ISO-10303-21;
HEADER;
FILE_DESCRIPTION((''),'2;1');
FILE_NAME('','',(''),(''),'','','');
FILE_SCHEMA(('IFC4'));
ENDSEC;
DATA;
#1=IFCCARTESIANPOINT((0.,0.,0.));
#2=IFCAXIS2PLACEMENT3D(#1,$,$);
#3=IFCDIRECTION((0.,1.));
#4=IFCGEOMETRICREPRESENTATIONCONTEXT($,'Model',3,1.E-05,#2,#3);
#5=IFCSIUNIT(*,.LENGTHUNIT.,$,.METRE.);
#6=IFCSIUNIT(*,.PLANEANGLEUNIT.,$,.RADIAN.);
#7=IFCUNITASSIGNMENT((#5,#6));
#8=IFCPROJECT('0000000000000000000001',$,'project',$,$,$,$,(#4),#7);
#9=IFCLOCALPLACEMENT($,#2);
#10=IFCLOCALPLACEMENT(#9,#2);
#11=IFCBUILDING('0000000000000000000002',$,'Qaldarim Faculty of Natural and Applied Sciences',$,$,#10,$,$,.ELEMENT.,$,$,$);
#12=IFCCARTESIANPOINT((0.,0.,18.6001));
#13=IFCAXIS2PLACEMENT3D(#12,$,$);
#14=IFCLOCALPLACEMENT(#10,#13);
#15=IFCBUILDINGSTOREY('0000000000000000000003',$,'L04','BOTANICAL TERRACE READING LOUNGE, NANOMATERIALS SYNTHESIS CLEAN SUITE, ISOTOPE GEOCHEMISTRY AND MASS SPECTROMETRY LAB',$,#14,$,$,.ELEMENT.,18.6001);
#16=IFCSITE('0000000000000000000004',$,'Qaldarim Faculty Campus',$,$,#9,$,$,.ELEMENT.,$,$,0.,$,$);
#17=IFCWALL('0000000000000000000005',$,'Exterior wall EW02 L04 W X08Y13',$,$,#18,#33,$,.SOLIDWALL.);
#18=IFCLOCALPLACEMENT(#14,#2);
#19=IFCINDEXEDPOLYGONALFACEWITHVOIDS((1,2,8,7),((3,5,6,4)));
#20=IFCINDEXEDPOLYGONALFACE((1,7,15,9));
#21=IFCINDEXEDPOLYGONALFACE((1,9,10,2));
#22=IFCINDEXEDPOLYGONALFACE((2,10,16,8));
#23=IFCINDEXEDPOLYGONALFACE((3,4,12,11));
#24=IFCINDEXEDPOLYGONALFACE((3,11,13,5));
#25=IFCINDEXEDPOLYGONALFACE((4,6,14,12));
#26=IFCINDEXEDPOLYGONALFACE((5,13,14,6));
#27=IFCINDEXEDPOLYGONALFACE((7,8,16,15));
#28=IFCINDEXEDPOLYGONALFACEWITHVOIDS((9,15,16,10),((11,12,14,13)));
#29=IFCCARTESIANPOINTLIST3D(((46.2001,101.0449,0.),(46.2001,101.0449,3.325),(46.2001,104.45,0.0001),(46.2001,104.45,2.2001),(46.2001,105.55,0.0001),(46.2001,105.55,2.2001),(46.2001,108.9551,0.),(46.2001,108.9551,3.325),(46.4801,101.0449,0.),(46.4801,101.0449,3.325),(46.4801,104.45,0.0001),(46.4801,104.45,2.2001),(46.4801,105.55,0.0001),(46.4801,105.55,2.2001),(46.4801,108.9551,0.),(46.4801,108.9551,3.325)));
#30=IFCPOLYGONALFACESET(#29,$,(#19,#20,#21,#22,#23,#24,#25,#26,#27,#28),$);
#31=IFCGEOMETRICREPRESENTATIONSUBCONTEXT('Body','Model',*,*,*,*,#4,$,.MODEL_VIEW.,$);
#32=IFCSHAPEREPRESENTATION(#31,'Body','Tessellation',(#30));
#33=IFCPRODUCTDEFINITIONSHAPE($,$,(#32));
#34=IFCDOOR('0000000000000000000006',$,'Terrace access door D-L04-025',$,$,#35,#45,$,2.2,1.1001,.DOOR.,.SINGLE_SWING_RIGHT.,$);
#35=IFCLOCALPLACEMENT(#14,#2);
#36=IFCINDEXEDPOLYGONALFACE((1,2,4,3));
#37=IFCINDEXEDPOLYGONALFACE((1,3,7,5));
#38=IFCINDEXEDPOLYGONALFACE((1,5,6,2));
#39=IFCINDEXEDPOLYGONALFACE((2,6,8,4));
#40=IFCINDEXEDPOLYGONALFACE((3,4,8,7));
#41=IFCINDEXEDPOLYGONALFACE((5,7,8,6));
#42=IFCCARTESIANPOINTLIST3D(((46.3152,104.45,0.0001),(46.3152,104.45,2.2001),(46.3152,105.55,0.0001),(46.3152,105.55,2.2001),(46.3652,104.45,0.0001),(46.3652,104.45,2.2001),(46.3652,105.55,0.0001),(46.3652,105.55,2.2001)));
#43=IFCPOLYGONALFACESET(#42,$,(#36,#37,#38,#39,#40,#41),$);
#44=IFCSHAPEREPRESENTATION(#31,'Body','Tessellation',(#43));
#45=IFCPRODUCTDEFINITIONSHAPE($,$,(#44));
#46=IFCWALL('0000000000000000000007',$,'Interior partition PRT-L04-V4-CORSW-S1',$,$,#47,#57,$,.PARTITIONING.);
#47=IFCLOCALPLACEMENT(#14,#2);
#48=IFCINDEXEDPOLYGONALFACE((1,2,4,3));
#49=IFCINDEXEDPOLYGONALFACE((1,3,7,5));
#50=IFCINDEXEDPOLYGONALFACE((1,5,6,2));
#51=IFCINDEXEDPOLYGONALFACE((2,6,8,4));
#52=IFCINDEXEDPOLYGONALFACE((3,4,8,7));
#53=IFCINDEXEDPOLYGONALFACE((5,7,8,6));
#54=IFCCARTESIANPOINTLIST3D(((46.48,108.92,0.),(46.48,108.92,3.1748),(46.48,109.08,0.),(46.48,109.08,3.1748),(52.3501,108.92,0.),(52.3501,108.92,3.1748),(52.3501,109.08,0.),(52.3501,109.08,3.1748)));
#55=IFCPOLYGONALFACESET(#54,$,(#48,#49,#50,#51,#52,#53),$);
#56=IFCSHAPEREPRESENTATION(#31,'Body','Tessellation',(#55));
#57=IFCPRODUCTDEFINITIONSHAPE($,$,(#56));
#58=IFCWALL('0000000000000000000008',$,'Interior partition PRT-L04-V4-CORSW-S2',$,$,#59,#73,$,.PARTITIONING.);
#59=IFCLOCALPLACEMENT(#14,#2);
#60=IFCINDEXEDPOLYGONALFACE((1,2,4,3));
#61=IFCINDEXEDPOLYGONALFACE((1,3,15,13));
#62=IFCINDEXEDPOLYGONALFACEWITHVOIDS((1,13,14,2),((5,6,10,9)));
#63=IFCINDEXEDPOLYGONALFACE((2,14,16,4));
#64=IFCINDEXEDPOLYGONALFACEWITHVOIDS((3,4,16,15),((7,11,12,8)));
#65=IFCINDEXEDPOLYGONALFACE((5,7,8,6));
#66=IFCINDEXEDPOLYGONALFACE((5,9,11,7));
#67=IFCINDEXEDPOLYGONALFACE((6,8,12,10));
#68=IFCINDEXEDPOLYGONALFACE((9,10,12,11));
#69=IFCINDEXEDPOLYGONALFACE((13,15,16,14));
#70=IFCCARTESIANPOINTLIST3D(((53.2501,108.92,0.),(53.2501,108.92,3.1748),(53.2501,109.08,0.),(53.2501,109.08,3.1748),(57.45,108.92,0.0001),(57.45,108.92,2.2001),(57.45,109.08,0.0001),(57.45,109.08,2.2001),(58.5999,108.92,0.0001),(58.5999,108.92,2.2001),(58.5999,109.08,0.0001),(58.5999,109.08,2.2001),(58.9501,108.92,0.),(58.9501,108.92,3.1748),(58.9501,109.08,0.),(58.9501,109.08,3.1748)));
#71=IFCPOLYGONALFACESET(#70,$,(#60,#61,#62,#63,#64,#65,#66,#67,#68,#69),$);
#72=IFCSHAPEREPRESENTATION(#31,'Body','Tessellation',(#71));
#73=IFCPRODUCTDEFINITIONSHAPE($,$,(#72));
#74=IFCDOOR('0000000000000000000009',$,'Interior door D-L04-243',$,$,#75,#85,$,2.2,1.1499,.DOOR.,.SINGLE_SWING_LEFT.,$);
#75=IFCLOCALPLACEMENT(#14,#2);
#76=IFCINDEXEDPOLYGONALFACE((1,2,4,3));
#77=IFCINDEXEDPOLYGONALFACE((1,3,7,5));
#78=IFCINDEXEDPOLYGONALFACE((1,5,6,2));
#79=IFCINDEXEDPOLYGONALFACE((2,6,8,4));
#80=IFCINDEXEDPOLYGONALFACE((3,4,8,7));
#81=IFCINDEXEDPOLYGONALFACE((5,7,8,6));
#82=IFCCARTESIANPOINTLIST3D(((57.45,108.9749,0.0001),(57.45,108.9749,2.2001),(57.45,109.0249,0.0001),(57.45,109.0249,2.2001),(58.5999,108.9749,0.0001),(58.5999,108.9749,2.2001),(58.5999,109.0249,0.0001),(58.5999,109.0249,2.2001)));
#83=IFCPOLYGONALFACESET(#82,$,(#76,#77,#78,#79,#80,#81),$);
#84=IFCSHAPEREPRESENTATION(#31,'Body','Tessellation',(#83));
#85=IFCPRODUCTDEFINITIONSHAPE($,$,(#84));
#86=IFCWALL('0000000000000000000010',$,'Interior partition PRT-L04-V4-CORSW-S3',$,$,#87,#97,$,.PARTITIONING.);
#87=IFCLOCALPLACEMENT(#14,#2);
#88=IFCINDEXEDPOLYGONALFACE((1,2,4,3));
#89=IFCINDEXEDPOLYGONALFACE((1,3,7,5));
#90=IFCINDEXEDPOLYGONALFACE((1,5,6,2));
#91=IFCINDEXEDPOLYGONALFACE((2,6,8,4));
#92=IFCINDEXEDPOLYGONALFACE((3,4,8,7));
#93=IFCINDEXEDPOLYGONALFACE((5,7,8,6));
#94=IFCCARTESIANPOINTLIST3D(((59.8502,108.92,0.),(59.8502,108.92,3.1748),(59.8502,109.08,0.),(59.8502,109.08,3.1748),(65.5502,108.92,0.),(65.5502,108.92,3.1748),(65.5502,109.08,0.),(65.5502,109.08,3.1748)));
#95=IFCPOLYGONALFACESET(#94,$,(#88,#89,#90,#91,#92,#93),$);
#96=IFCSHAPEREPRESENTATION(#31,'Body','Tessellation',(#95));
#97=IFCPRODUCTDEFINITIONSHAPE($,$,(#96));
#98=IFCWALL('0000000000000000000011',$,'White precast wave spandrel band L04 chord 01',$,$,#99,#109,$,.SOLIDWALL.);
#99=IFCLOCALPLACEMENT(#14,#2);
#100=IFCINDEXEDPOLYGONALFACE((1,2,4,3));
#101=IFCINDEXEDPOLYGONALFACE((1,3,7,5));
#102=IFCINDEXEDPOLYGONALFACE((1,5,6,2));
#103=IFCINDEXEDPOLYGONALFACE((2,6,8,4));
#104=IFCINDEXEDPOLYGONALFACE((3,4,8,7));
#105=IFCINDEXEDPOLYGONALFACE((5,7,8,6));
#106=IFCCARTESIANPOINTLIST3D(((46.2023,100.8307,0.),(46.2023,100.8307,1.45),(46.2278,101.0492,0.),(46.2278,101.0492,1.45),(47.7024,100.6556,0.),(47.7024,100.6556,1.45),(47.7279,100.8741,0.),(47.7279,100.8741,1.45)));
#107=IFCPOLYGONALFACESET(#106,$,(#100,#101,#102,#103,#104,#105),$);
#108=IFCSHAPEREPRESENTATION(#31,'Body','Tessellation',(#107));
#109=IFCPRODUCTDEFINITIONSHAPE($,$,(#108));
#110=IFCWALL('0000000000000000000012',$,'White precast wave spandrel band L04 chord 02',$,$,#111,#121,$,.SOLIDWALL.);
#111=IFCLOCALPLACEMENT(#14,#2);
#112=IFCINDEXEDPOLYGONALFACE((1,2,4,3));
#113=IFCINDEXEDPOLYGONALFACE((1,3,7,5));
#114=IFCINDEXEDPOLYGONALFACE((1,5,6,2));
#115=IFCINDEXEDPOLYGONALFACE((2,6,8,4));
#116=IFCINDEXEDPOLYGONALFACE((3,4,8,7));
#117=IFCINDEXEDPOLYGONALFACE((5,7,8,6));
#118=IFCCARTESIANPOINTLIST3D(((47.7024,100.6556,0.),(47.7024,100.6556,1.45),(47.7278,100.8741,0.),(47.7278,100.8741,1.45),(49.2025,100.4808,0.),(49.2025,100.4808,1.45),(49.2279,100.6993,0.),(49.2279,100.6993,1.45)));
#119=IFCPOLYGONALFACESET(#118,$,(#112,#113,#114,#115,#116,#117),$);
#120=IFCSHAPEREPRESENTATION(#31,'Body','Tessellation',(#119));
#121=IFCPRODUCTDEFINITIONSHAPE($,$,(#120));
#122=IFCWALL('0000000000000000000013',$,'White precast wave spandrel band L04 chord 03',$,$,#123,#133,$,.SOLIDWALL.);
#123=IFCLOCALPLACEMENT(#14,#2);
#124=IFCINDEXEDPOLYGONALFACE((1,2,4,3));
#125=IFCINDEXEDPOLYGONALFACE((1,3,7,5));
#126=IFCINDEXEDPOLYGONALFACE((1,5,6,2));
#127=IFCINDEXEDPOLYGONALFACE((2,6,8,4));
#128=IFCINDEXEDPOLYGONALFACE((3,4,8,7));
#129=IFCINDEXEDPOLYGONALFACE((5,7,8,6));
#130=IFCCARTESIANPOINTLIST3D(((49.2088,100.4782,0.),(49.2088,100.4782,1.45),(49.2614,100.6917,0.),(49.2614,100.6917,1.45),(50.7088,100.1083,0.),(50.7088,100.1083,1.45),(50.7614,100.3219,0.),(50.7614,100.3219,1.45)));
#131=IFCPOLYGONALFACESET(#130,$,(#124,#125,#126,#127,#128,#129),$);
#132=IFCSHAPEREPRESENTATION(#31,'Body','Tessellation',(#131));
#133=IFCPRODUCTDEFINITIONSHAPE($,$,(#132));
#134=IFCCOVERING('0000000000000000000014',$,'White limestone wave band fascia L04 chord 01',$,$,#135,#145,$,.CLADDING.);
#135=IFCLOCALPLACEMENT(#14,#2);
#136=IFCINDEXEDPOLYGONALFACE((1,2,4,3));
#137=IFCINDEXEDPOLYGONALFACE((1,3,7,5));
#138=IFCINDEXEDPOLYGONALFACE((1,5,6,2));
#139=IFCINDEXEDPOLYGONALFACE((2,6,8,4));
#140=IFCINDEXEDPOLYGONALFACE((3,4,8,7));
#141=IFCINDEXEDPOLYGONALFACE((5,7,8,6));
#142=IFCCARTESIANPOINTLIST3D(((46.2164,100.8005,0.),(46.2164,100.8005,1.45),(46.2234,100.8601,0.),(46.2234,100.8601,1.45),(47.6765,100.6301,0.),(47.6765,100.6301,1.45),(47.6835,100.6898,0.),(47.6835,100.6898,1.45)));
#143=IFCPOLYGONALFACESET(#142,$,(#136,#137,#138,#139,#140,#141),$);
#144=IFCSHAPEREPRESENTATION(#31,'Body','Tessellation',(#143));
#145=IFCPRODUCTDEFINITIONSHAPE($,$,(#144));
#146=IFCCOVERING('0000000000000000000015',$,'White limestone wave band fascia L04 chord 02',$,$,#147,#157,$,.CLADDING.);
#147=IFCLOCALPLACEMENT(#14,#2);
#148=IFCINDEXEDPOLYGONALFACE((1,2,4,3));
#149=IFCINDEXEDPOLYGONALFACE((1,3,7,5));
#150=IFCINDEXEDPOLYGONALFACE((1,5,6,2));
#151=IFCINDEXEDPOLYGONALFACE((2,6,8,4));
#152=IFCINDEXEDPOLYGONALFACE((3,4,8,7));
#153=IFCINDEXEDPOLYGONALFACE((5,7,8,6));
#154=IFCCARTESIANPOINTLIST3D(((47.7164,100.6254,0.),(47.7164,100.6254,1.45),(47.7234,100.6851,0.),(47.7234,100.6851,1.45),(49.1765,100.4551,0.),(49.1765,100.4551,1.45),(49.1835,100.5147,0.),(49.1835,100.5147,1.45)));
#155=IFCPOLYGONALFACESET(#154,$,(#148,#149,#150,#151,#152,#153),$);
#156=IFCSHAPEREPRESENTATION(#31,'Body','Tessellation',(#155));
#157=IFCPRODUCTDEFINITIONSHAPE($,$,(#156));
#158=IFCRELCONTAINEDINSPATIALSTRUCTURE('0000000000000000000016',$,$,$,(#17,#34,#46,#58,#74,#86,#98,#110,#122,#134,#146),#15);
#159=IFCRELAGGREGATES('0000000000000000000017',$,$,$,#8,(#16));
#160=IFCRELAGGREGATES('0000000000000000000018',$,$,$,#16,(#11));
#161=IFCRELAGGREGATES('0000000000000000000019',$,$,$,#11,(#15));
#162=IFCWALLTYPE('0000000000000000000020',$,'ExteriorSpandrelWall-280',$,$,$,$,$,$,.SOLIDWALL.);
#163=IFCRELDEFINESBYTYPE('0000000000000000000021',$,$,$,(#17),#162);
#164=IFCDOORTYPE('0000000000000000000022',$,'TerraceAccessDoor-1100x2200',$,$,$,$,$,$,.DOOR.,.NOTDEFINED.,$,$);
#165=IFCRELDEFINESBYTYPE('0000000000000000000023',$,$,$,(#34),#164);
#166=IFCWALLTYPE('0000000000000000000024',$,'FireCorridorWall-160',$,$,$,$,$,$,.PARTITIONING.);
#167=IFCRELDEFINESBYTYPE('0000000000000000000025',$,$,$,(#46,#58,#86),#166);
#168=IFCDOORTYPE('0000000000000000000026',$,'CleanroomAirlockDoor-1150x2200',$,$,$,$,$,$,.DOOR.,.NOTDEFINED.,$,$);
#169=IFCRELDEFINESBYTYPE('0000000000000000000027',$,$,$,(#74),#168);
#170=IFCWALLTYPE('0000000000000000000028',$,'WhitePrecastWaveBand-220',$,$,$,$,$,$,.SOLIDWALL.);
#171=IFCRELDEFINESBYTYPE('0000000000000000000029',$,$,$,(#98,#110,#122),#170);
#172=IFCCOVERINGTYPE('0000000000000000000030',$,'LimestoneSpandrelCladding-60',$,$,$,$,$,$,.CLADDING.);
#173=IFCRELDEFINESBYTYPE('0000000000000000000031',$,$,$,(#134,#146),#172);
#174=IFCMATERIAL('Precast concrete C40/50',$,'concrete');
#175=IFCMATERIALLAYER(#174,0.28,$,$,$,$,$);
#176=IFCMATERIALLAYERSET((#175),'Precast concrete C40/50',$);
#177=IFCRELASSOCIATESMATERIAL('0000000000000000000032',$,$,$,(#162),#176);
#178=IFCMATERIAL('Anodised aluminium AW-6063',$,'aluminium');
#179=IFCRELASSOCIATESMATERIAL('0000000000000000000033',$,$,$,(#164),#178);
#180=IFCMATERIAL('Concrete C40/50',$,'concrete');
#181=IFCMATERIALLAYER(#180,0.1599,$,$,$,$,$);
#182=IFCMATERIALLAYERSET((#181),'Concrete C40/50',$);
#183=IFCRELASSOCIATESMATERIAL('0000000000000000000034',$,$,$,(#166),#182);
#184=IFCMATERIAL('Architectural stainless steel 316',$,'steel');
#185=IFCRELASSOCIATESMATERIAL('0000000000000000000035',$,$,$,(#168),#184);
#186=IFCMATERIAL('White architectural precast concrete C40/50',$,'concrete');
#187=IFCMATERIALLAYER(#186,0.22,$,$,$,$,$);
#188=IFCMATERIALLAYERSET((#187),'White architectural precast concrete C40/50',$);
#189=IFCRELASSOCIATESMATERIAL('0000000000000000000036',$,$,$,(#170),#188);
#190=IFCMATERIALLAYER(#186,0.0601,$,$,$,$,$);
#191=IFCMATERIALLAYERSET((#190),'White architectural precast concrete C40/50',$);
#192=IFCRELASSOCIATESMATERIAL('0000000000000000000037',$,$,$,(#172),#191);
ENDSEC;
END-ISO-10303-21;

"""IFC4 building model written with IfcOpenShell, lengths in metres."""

from ifc_helpers import new_model, si_unit, direction, frame, frame_2d, origin, origin_2d, place, context, subcontext, project, spatial, rectangle, extrude, material, layer, layer_set, type_object, element, fill, save


model = new_model("IFC4")

# Units and contexts
model_context = context("Model", 3, precision=1e-05, world=origin(), true_north=direction((0.0, 1.0)))
body_context = subcontext(model_context, "Body", "Model", "MODEL_VIEW")
ifc_project = project(units=[si_unit("LENGTHUNIT", "METRE"), si_unit("PLANEANGLEUNIT", "RADIAN")], contexts=[model_context])

# Site, building, storey
site_placement = place(None, origin())
site = spatial("IfcSite", under=ifc_project, at=site_placement, Name="Qaldarim Faculty Campus", CompositionType="ELEMENT", RefElevation=0.0)
building_placement = place(site_placement, origin())
building = spatial("IfcBuilding", under=site, at=building_placement, Name="Qaldarim Faculty of Natural and Applied Sciences", CompositionType="ELEMENT")
storey_placement = place(building_placement, frame((0.0, 0.0, 18.6001)))
storey = spatial("IfcBuildingStorey", under=building, at=storey_placement, Name="L04", Description="BOTANICAL TERRACE READING LOUNGE, NANOMATERIALS SYNTHESIS CLEAN SUITE, ISOTOPE GEOCHEMISTRY AND MASS SPECTROMETRY LAB", CompositionType="ELEMENT", Elevation=18.6001)

# Shared definitions
ifc_material_1 = material(Name="Anodised aluminium AW-6063", Category="aluminium")

# Shared definitions
ifc_material_2 = material(Name="Concrete C40/50", Category="concrete")
ifc_material_3 = material(Name="Precast concrete C40/50", Category="concrete")

# Wall, opening, door
ifc_layer_1 = layer(ifc_material_3, 0.28)
ifc_layer_set_1 = layer_set([ifc_layer_1], Name="Precast concrete C40/50")
wall_type_1 = type_object("IfcWallType", Name="ExteriorSpandrelWall-280", PredefinedType="SOLIDWALL", material=ifc_layer_set_1)
wall_1_placement = place(storey_placement, frame((46.3401, 108.9551, 0.0), z_axis=(0.0, 0.0, 1.0), x_axis=(0.0, -1.0, 0.0)))
wall_1 = element("IfcWall", 1, at=wall_1_placement, inside=storey, type_object=wall_type_1, Name="Exterior wall EW02 L04 W X08Y13", PredefinedType="SOLIDWALL", context=body_context, shape_type="SweptSolid", body=[
    extrude(rectangle(XDim=7.9102, YDim=0.28, at=frame_2d((3.9551, 0.0))), origin(), (0.0, 0.0, 1.0), 3.325),
])
opening_1_placement = place(wall_1_placement, frame((3.405, 0.0, 0.0)))
opening_1 = element("IfcOpeningElement", 2, at=opening_1_placement, cuts=wall_1, PredefinedType="OPENING", context=body_context, shape_type="SweptSolid", body=[
    extrude(rectangle(XDim=1.1001, YDim=2.2, at=frame_2d((0.55, 1.1001))), frame((0.0, 0.1499, 0.0), z_axis=(0.0, -1.0, 0.0), x_axis=(1.0, 0.0, 0.0)), (0.0, 0.0, 1.0), 0.3),
])
door_type_1 = type_object("IfcDoorType", Name="TerraceAccessDoor-1100x2200", OperationType="NOTDEFINED", PredefinedType="DOOR", material=ifc_material_1)
door_1_placement = place(opening_1_placement, frame((1.1001, 0.0, 0.0), z_axis=(0.0, 0.0, 1.0), x_axis=(-1.0, 0.0, 0.0)))
door_1 = element("IfcDoor", 3, at=door_1_placement, inside=storey, type_object=door_type_1, Name="Terrace access door D-L04-025", OperationType="SINGLE_SWING_RIGHT", OverallHeight=2.2, OverallWidth=1.1001, PredefinedType="DOOR", context=body_context, shape_type="SweptSolid", body=[
    extrude(rectangle(XDim=1.1001, YDim=2.2, at=frame_2d((0.55, 1.1001))), frame((0.0, 0.0249, 0.0), z_axis=(0.0, -1.0, 0.0), x_axis=(1.0, 0.0, 0.0)), (0.0, 0.0, 1.0), 0.05),
])
fill(opening_1, door_1)

# Wall
ifc_layer_2 = layer(ifc_material_2, 0.1599)
ifc_layer_set_2 = layer_set([ifc_layer_2], Name="Concrete C40/50")
wall_type_2 = type_object("IfcWallType", Name="FireCorridorWall-160", PredefinedType="PARTITIONING", material=ifc_layer_set_2)
wall_2_placement = place(storey_placement, frame((46.48, 109.0, 0.0), z_axis=(0.0, 0.0, 1.0), x_axis=(1.0, 0.0, 0.0)))
element("IfcWall", 4, at=wall_2_placement, inside=storey, type_object=wall_type_2, Name="Interior partition PRT-L04-V4-CORSW-S1", PredefinedType="PARTITIONING", context=body_context, shape_type="SweptSolid", body=[
    extrude(rectangle(XDim=5.8701, YDim=0.1599, at=frame_2d((2.9351, 0.0))), origin(), (0.0, 0.0, 1.0), 3.1748),
])

# Wall, opening, door
wall_3_placement = place(storey_placement, frame((53.25, 109.0, 0.0), z_axis=(0.0, 0.0, 1.0), x_axis=(1.0, 0.0, 0.0)))
wall_3 = element("IfcWall", 5, at=wall_3_placement, inside=storey, type_object=wall_type_2, Name="Interior partition PRT-L04-V4-CORSW-S2", PredefinedType="PARTITIONING", context=body_context, shape_type="SweptSolid", body=[
    extrude(rectangle(XDim=5.7, YDim=0.1599, at=frame_2d((2.8501, 0.0))), origin(), (0.0, 0.0, 1.0), 3.1748),
])
opening_2_placement = place(wall_3_placement, frame((4.2, 0.0, 0.0)))
opening_2 = element("IfcOpeningElement", 6, at=opening_2_placement, cuts=wall_3, PredefinedType="OPENING", context=body_context, shape_type="SweptSolid", body=[
    extrude(rectangle(XDim=1.1499, YDim=2.2, at=frame_2d((0.575, 1.1001))), frame((0.0, 0.0898, 0.0), z_axis=(0.0, -1.0, 0.0), x_axis=(1.0, 0.0, 0.0)), (0.0, 0.0, 1.0), 0.1799),
])
ifc_material_4 = material(Name="Architectural stainless steel 316", Category="steel")
door_type_2 = type_object("IfcDoorType", Name="CleanroomAirlockDoor-1150x2200", OperationType="NOTDEFINED", PredefinedType="DOOR", material=ifc_material_4)
door_2_placement = place(opening_2_placement, origin())
door_2 = element("IfcDoor", 7, at=door_2_placement, inside=storey, type_object=door_type_2, Name="Interior door D-L04-243", OperationType="SINGLE_SWING_LEFT", OverallHeight=2.2, OverallWidth=1.1499, PredefinedType="DOOR", context=body_context, shape_type="SweptSolid", body=[
    extrude(rectangle(XDim=1.1499, YDim=2.2, at=frame_2d((0.575, 1.1001))), frame((0.0, 0.0249, 0.0), z_axis=(0.0, -1.0, 0.0), x_axis=(1.0, 0.0, 0.0)), (0.0, 0.0, 1.0), 0.05),
])
fill(opening_2, door_2)

# Walls
wall_4_placement = place(storey_placement, frame((59.8501, 109.0, 0.0), z_axis=(0.0, 0.0, 1.0), x_axis=(1.0, 0.0, 0.0)))
element("IfcWall", 8, at=wall_4_placement, inside=storey, type_object=wall_type_2, Name="Interior partition PRT-L04-V4-CORSW-S3", PredefinedType="PARTITIONING", context=body_context, shape_type="SweptSolid", body=[
    extrude(rectangle(XDim=5.7, YDim=0.1599, at=frame_2d((2.8501, 0.0))), origin(), (0.0, 0.0, 1.0), 3.1748),
])
ifc_material_5 = material(Name="White architectural precast concrete C40/50", Category="concrete")
ifc_layer_3 = layer(ifc_material_5, 0.22)
ifc_layer_set_3 = layer_set([ifc_layer_3], Name="White architectural precast concrete C40/50")
wall_type_3 = type_object("IfcWallType", Name="WhitePrecastWaveBand-220", PredefinedType="SOLIDWALL", material=ifc_layer_set_3)
for number, where, z_axis, x_axis, name in (
    (9, (46.2151, 100.9399, 0.0), (0.0, 0.0, 1.0), (0.993259, -0.115913, 0.0), "White precast wave spandrel band L04 chord 01"),
    (10, (47.7151, 100.7649, 0.0), (0.0, 0.0, 1.0), (0.993278, -0.115753, 0.0), "White precast wave spandrel band L04 chord 02"),
):
    element("IfcWall", number, at=place(storey_placement, frame(where, z_axis=z_axis, x_axis=x_axis)), inside=storey, type_object=wall_type_3, Name=name, PredefinedType="SOLIDWALL", context=body_context, shape_type="SweptSolid", body=[
        extrude(rectangle(XDim=1.5103, YDim=0.22, at=frame_2d((0.7551, 0.0))), origin(), (0.0, 0.0, 1.0), 1.45),
    ])
wall_5_placement = place(storey_placement, frame((49.2351, 100.585, 0.0), z_axis=(0.0, 0.0, 1.0), x_axis=(0.970918, -0.239411, 0.0)))
element("IfcWall", 11, at=wall_5_placement, inside=storey, type_object=wall_type_3, Name="White precast wave spandrel band L04 chord 03", PredefinedType="SOLIDWALL", context=body_context, shape_type="SweptSolid", body=[
    extrude(rectangle(XDim=1.5449, YDim=0.22, at=frame_2d((0.7725, 0.0))), origin(), (0.0, 0.0, 1.0), 1.45),
])

# Coverings
ifc_layer_4 = layer(ifc_material_5, 0.0601)
ifc_layer_set_4 = layer_set([ifc_layer_4], Name="White architectural precast concrete C40/50")
covering_type = type_object("IfcCoveringType", Name="LimestoneSpandrelCladding-60", PredefinedType="CLADDING", material=ifc_layer_set_4)
for number, where, z_axis, x_axis, name in (
    (12, (46.95, 100.7451, 0.0), (0.0, 0.0, 1.0), (0.993264, -0.115873, 0.0), "White limestone wave band fascia L04 chord 01"),
    (13, (48.45, 100.5701, 0.0), (0.0, 0.0, 1.0), (0.993264, -0.115873, 0.0), "White limestone wave band fascia L04 chord 02"),
):
    element("IfcCovering", number, at=place(storey_placement, frame(where, z_axis=z_axis, x_axis=x_axis)), inside=storey, type_object=covering_type, Name=name, PredefinedType="CLADDING", context=body_context, shape_type="SweptSolid", body=[
        extrude(rectangle(XDim=1.47, YDim=0.0601, at=origin_2d()), origin(), (0.0, 0.0, 1.0), 1.45),
    ])

save(model, "model.ifc")
